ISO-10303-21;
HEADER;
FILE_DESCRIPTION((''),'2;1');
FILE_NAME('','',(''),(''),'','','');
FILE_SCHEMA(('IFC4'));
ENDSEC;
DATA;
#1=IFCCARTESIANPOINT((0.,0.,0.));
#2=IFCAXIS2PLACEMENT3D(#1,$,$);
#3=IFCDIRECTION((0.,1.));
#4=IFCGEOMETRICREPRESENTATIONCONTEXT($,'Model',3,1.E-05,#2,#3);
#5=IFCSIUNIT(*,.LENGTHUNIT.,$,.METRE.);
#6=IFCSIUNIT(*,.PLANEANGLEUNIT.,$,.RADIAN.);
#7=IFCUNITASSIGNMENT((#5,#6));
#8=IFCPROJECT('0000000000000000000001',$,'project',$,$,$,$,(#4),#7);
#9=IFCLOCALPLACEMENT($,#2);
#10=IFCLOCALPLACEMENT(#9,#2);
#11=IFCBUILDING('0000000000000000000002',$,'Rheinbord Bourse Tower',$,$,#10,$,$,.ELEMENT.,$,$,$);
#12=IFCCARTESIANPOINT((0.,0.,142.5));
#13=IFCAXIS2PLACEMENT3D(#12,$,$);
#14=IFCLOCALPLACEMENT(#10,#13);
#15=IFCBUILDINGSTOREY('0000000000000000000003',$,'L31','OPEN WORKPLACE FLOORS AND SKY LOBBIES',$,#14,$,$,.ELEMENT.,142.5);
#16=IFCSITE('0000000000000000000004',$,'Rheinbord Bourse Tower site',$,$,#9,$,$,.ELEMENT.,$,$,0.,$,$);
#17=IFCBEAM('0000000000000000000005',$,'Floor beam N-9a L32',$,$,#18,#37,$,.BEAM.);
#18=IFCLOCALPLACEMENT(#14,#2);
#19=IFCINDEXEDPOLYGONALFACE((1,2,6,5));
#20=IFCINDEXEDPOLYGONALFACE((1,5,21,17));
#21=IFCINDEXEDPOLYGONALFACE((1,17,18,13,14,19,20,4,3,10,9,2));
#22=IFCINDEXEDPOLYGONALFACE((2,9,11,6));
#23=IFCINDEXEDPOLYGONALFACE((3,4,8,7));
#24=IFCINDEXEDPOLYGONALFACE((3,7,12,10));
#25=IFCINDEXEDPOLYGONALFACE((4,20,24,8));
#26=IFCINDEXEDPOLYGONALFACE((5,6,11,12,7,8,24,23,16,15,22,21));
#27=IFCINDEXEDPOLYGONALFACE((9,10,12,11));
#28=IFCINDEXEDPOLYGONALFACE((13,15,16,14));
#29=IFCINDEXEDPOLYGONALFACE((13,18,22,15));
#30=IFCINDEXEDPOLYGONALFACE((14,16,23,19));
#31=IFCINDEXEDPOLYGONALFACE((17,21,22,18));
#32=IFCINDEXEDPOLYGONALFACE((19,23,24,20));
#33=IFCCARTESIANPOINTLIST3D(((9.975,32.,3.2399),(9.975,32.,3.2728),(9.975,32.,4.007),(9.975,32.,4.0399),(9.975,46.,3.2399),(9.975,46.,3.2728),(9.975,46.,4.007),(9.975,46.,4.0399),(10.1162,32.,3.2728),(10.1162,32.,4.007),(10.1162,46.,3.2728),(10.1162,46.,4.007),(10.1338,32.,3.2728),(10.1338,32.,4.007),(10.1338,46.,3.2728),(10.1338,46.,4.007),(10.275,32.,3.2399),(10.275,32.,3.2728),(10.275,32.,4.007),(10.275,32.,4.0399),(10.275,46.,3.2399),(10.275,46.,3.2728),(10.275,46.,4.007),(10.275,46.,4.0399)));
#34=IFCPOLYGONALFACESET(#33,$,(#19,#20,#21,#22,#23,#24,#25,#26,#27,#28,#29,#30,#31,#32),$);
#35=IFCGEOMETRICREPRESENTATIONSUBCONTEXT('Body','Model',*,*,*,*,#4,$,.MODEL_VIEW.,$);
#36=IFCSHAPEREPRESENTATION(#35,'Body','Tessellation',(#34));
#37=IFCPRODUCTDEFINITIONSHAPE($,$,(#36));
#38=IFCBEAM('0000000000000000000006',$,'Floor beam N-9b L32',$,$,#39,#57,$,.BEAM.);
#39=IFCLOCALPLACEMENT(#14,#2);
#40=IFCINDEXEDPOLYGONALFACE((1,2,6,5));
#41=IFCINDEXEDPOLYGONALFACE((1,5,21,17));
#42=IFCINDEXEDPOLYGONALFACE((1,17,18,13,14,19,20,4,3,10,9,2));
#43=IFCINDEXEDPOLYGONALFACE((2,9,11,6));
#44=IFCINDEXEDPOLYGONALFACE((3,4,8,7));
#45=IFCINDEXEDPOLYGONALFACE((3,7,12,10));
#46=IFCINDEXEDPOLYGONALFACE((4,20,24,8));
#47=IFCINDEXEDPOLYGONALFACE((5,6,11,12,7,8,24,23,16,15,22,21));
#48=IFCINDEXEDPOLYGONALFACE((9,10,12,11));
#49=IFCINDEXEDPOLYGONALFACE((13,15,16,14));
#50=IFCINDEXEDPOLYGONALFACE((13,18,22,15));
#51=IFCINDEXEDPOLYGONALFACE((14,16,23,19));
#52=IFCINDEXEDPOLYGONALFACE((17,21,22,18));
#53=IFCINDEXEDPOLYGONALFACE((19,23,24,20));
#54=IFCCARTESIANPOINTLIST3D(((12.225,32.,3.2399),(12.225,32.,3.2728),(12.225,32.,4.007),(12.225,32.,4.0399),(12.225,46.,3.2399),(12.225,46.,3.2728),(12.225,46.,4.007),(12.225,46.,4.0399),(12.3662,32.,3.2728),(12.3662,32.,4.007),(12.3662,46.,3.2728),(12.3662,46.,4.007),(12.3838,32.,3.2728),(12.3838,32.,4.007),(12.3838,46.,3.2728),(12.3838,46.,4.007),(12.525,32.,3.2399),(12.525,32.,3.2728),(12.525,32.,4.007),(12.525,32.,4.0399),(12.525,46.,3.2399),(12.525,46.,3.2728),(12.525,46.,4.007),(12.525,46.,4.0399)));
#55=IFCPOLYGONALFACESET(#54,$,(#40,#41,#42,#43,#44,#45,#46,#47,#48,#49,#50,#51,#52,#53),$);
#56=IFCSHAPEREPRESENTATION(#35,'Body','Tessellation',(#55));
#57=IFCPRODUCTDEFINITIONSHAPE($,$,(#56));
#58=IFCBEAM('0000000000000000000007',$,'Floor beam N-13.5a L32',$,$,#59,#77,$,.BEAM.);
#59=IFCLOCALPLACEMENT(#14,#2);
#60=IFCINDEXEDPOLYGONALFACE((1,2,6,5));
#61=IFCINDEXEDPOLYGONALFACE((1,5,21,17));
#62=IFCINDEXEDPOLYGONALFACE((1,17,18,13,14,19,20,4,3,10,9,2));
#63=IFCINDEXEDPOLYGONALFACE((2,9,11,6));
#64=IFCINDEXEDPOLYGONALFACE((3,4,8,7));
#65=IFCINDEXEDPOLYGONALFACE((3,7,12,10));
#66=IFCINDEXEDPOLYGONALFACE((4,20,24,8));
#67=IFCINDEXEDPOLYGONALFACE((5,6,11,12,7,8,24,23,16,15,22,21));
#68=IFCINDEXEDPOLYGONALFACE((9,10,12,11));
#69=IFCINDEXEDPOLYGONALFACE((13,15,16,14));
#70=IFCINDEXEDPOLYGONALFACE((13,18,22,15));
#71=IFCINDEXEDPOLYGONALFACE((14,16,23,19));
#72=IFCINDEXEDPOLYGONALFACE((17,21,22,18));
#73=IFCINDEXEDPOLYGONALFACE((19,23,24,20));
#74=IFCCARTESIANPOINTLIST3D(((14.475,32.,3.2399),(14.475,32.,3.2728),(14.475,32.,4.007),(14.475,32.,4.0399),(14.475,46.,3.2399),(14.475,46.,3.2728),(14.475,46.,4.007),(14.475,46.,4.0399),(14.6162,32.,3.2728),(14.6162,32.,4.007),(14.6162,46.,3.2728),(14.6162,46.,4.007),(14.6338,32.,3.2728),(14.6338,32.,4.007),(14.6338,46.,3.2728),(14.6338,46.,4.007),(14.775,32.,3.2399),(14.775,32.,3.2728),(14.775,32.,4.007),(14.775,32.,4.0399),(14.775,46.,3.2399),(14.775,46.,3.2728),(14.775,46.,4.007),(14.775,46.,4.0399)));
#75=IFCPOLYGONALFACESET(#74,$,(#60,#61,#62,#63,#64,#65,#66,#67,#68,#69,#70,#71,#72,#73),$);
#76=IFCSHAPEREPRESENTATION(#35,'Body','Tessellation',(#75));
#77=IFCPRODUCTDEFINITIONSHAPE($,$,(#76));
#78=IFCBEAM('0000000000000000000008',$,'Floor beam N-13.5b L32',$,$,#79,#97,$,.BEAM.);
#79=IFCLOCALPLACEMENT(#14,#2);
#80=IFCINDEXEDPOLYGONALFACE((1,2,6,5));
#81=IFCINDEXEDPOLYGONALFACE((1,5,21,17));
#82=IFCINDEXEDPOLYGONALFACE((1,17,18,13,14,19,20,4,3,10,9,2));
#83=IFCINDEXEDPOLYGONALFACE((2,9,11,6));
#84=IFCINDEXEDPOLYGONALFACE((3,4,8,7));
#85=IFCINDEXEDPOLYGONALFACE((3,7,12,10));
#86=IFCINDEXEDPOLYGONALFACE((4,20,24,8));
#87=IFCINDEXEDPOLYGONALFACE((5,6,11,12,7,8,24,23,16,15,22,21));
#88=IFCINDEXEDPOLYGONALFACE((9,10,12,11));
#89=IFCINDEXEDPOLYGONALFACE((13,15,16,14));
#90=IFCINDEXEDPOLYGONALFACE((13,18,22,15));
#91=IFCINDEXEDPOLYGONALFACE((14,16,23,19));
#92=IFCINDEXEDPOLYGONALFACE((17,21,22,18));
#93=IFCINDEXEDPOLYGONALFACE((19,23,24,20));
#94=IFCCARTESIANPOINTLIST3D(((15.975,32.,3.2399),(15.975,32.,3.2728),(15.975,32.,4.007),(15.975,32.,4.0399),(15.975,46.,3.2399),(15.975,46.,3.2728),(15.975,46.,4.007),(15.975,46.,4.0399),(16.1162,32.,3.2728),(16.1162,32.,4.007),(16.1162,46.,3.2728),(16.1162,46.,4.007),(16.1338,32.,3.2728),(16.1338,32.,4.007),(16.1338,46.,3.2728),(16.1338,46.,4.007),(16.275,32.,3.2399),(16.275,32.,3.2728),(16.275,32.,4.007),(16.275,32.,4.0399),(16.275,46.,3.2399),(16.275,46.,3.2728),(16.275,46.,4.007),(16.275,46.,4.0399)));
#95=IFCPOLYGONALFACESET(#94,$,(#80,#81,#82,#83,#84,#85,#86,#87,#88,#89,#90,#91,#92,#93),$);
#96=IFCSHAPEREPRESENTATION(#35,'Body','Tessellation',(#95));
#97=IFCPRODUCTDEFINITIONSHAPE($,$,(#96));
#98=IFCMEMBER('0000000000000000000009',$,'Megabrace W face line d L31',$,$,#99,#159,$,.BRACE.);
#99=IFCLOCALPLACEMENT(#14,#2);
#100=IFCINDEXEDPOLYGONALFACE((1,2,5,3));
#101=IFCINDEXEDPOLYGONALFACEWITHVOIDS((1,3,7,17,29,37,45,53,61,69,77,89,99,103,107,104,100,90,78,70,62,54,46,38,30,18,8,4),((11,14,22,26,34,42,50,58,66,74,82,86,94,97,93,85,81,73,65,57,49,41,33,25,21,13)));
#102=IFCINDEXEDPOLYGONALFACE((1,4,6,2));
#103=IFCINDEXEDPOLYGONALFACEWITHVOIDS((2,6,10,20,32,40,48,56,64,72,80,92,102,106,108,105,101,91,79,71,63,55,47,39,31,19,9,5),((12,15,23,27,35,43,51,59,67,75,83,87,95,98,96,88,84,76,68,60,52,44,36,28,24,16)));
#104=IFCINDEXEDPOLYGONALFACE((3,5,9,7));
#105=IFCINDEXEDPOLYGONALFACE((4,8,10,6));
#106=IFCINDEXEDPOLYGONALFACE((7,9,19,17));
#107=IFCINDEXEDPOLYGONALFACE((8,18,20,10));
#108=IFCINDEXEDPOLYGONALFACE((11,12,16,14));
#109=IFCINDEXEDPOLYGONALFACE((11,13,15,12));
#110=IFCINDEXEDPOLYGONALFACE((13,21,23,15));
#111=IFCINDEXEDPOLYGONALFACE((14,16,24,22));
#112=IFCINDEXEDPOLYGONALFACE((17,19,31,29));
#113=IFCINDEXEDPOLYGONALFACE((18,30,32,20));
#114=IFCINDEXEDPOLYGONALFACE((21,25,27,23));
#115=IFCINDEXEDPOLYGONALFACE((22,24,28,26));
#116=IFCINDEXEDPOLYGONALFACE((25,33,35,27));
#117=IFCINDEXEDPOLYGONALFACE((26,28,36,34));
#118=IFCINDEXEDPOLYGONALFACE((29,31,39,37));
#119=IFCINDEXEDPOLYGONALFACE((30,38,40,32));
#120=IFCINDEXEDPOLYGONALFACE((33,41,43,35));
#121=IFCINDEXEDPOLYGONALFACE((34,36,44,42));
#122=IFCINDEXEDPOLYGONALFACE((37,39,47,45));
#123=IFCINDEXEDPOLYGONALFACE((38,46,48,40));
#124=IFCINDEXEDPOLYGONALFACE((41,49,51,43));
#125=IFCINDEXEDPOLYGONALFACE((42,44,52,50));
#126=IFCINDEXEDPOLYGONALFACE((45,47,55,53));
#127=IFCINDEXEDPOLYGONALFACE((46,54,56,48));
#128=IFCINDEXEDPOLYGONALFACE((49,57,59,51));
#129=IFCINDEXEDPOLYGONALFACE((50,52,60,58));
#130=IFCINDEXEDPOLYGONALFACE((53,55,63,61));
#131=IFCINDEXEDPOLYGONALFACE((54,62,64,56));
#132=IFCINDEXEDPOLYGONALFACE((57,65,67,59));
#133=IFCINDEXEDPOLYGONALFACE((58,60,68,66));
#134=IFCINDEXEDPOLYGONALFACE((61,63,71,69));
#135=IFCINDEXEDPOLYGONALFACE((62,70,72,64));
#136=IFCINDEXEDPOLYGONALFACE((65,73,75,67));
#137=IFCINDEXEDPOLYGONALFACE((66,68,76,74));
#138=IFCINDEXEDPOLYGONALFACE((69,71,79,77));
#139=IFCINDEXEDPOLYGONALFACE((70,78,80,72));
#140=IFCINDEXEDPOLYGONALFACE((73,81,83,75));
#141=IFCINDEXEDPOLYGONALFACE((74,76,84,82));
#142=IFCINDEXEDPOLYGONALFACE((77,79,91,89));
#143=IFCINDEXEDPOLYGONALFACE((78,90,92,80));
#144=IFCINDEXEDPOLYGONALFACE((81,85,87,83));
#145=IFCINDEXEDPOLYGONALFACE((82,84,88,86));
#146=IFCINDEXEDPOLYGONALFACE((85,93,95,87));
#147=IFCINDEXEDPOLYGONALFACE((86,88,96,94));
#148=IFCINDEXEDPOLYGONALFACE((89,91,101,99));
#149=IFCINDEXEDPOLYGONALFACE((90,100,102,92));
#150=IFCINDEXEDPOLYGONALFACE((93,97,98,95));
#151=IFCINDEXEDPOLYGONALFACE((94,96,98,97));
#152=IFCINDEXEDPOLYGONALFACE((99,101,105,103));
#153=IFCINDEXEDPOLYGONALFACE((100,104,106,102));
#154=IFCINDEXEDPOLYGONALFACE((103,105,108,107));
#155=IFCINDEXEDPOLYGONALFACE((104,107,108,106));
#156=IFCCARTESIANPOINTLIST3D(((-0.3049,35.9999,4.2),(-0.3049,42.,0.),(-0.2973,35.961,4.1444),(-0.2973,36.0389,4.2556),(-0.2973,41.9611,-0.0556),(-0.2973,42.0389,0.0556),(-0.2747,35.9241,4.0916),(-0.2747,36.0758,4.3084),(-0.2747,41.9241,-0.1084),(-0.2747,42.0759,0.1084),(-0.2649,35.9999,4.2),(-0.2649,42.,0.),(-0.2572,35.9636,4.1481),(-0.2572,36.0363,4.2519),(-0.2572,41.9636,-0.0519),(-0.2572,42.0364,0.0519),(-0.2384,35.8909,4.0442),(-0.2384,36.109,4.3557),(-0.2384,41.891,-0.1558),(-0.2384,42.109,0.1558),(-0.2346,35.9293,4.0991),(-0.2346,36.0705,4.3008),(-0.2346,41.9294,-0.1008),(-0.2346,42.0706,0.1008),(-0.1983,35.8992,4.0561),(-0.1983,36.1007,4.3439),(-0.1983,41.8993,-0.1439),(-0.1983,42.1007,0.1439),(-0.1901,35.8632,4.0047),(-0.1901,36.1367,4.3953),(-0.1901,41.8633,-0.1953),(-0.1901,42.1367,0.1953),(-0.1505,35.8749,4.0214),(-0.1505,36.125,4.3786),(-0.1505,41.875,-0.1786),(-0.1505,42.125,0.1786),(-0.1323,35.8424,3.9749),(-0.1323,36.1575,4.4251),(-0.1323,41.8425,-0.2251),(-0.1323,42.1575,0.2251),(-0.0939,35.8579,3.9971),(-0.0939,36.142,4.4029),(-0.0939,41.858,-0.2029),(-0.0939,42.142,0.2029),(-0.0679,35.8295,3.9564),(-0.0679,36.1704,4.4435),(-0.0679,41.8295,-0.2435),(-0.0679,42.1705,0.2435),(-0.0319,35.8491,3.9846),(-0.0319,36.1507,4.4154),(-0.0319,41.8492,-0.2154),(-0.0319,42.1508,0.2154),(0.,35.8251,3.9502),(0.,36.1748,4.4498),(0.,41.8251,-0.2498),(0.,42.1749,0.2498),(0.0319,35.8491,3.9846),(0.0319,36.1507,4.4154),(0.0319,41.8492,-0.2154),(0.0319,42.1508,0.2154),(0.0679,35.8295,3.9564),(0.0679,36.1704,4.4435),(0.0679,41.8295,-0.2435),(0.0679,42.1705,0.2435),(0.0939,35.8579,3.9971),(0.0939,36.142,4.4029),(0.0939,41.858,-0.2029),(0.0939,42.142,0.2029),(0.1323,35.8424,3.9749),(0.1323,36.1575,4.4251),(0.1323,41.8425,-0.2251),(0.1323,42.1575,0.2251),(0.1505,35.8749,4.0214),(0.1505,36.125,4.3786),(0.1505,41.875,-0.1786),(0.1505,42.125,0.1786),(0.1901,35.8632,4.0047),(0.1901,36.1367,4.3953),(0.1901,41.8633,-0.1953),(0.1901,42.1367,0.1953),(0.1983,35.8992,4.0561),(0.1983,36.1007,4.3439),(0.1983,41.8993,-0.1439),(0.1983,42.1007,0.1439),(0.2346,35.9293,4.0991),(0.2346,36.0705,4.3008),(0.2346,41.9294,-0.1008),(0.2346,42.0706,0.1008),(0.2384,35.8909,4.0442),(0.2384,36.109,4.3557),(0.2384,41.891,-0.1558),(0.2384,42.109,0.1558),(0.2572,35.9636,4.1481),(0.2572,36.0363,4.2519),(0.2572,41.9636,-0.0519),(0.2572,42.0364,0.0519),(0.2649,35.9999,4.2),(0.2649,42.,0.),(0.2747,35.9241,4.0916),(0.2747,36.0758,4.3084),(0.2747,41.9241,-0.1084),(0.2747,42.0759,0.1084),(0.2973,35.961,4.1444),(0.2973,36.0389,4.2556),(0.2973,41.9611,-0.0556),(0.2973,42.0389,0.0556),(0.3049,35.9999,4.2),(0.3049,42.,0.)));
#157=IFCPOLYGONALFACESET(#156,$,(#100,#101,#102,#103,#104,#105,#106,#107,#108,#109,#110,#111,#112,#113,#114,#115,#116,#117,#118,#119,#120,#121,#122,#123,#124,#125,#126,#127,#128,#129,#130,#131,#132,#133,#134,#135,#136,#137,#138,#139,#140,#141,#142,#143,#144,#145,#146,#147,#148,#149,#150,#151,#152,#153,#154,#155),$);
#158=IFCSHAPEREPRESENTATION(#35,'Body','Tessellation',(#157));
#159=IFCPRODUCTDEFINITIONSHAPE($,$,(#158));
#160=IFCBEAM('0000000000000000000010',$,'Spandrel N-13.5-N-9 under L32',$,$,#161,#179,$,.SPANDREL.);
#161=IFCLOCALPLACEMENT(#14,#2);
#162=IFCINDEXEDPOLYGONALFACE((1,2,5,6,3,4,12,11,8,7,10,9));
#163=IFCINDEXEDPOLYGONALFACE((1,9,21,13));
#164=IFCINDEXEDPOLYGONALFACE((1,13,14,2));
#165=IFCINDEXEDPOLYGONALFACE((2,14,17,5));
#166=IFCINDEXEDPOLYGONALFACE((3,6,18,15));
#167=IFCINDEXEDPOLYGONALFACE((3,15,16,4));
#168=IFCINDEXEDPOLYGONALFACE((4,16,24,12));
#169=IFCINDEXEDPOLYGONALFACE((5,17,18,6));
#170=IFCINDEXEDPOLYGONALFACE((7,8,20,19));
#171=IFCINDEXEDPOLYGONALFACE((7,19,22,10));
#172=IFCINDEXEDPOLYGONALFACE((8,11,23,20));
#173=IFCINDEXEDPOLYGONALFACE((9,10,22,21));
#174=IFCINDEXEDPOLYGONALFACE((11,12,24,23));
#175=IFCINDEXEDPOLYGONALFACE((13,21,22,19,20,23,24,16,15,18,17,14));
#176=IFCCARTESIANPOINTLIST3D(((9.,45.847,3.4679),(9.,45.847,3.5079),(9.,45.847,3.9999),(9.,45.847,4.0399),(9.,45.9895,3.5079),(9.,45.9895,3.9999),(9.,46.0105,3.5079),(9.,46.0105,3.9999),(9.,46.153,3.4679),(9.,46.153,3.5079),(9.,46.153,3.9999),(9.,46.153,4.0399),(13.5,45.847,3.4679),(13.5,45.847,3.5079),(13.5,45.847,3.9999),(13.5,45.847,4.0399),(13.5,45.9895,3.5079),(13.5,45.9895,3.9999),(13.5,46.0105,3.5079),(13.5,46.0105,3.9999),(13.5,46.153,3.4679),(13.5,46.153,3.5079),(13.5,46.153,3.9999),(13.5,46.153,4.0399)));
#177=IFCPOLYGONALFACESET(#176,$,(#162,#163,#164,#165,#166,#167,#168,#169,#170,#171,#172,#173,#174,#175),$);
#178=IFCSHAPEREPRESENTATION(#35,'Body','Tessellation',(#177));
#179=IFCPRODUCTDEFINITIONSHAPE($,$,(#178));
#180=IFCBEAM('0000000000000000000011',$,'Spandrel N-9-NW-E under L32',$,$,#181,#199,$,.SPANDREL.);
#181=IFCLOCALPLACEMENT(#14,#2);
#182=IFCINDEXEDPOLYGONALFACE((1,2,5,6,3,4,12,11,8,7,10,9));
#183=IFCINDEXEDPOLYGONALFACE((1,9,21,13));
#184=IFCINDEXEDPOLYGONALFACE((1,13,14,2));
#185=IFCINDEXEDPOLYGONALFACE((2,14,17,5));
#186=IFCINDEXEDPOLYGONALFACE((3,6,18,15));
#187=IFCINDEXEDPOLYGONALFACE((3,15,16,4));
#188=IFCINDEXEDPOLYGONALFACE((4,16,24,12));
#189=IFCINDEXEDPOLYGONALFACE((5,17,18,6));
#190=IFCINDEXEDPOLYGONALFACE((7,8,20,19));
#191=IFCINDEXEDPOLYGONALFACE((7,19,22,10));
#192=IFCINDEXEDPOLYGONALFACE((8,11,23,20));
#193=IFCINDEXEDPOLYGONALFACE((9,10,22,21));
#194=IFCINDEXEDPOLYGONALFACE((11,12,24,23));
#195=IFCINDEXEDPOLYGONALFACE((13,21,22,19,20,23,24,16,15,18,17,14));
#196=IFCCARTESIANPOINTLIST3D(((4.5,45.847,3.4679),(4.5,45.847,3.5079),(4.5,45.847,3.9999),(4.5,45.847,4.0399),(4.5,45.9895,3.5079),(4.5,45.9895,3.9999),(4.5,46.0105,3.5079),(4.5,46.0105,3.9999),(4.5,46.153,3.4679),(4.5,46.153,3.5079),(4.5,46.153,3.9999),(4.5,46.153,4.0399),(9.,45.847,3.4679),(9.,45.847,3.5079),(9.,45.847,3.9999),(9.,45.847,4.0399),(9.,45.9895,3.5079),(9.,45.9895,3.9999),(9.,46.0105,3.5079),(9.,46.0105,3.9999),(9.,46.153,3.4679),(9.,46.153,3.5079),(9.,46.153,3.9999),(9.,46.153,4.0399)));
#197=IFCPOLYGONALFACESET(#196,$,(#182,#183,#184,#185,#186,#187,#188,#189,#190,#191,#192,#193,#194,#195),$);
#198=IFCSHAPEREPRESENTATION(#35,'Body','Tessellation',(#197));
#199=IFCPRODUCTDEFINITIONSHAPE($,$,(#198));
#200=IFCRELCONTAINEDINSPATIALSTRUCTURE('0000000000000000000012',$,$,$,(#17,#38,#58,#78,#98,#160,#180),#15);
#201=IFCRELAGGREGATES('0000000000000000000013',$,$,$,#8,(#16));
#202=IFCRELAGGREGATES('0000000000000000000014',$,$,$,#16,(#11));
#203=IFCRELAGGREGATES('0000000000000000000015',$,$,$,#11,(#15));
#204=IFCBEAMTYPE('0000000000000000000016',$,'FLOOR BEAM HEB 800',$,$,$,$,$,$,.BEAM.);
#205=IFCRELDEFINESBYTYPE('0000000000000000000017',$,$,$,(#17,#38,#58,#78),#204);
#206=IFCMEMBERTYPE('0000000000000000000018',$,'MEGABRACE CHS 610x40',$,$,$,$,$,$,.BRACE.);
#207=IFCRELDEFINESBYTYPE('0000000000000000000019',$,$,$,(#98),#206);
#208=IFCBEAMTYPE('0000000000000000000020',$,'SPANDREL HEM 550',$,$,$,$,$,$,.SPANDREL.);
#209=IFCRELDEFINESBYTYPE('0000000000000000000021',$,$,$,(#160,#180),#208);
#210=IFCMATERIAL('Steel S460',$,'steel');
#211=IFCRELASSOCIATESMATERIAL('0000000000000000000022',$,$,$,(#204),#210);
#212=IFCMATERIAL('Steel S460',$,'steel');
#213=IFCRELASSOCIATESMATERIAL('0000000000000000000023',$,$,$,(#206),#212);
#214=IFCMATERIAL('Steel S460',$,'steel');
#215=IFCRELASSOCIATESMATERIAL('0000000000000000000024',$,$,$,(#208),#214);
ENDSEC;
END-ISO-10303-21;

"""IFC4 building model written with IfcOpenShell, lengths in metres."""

from ifc_helpers import new_model, si_unit, direction, frame, origin, origin_2d, place, context, subcontext, project, spatial, hollow_circle, i_section, extrude, material, material_profile, profile_set, type_object, element, save


model = new_model("IFC4")

# Units and contexts
model_context = context("Model", 3, precision=1e-05, world=origin(), true_north=direction((0.0, 1.0)))
body_context = subcontext(model_context, "Body", "Model", "MODEL_VIEW")
ifc_project = project(units=[si_unit("LENGTHUNIT", "METRE"), si_unit("PLANEANGLEUNIT", "RADIAN")], contexts=[model_context])

# Site, building, storey
site_placement = place(None, origin())
site = spatial("IfcSite", under=ifc_project, at=site_placement, Name="Rheinbord Bourse Tower site", CompositionType="ELEMENT", RefElevation=0.0)
building_placement = place(site_placement, origin())
building = spatial("IfcBuilding", under=site, at=building_placement, Name="Rheinbord Bourse Tower", CompositionType="ELEMENT")
storey_placement = place(building_placement, frame((0.0, 0.0, 142.5)))
storey = spatial("IfcBuildingStorey", under=building, at=storey_placement, Name="L31", Description="OPEN WORKPLACE FLOORS AND SKY LOBBIES", CompositionType="ELEMENT", Elevation=142.5)

# Beams
ifc_material_1 = material(Name="Steel S460", Category="steel")
ifc_material_profile_1 = material_profile(ifc_material_1, i_section(OverallWidth=0.3, OverallDepth=0.8, WebThickness=0.0176, FlangeThickness=0.033, at=origin_2d()), Name="HEB 800")
ifc_profile_set_1 = profile_set([ifc_material_profile_1], Name="Steel S460")
beam_type_1 = type_object("IfcBeamType", Name="FLOOR BEAM HEB 800", PredefinedType="BEAM", material=ifc_profile_set_1)
for number, where, z_axis, x_axis, name in (
    (1, (10.125, 46.0, 3.6399), (0.0, -1.0, 0.0), (1.0, 0.0, 0.0), "Floor beam N-9a L32"),
    (2, (12.375, 46.0, 3.6399), (0.0, -1.0, 0.0), (1.0, 0.0, 0.0), "Floor beam N-9b L32"),
    (3, (14.625, 46.0, 3.6399), (0.0, -1.0, 0.0), (1.0, 0.0, 0.0), "Floor beam N-13.5a L32"),
    (4, (16.125, 46.0, 3.6399), (0.0, -1.0, 0.0), (1.0, 0.0, 0.0), "Floor beam N-13.5b L32"),
):
    element("IfcBeam", number, at=place(storey_placement, frame(where, z_axis=z_axis, x_axis=x_axis)), inside=storey, type_object=beam_type_1, Name=name, PredefinedType="BEAM", context=body_context, shape_type="SweptSolid", body=[
        extrude(i_section(OverallWidth=0.3, OverallDepth=0.8, WebThickness=0.0176, FlangeThickness=0.033, at=origin_2d()), origin(), (0.0, 0.0, 1.0), 14.0),
    ])

# Member
ifc_material_2 = material(Name="Steel S460", Category="steel")
ifc_material_profile_2 = material_profile(ifc_material_2, hollow_circle(Radius=0.3049, WallThickness=0.04, at=origin_2d()), Name="CHS 610x40")
ifc_profile_set_2 = profile_set([ifc_material_profile_2], Name="Steel S460")
member_type_1 = type_object("IfcMemberType", Name="MEGABRACE CHS 610x40", PredefinedType="BRACE", material=ifc_profile_set_2)
member_1_placement = place(storey_placement, frame((0.0, 42.0, 0.0), z_axis=(0.0, -0.819235, 0.573458), x_axis=(1.0, 0.0, 0.0)))
element("IfcMember", 5, at=member_1_placement, inside=storey, type_object=member_type_1, Name="Megabrace W face line d L31", PredefinedType="BRACE", context=body_context, shape_type="SweptSolid", body=[
    extrude(hollow_circle(Radius=0.3049, WallThickness=0.04, at=origin_2d()), origin(), (0.0, 0.0, 1.0), 7.324),
])

# Beams
ifc_material_3 = material(Name="Steel S460", Category="steel")
ifc_material_profile_3 = material_profile(ifc_material_3, i_section(OverallWidth=0.3059, OverallDepth=0.572, WebThickness=0.021, FlangeThickness=0.04, at=origin_2d()), Name="HEM 550")
ifc_profile_set_3 = profile_set([ifc_material_profile_3], Name="Steel S460")
beam_type_2 = type_object("IfcBeamType", Name="SPANDREL HEM 550", PredefinedType="SPANDREL", material=ifc_profile_set_3)
for number, where, z_axis, x_axis, name in (
    (6, (13.5, 46.0, 3.7539), (-1.0, 0.0, 0.0), (0.0, -1.0, 0.0), "Spandrel N-13.5-N-9 under L32"),
    (7, (9.0, 46.0, 3.7539), (-1.0, 0.0, 0.0), (0.0, -1.0, 0.0), "Spandrel N-9-NW-E under L32"),
):
    element("IfcBeam", number, at=place(storey_placement, frame(where, z_axis=z_axis, x_axis=x_axis)), inside=storey, type_object=beam_type_2, Name=name, PredefinedType="SPANDREL", context=body_context, shape_type="SweptSolid", body=[
        extrude(i_section(OverallWidth=0.3059, OverallDepth=0.572, WebThickness=0.021, FlangeThickness=0.04, at=origin_2d()), origin(), (0.0, 0.0, 1.0), 4.5),
    ])

save(model, "model.ifc")
